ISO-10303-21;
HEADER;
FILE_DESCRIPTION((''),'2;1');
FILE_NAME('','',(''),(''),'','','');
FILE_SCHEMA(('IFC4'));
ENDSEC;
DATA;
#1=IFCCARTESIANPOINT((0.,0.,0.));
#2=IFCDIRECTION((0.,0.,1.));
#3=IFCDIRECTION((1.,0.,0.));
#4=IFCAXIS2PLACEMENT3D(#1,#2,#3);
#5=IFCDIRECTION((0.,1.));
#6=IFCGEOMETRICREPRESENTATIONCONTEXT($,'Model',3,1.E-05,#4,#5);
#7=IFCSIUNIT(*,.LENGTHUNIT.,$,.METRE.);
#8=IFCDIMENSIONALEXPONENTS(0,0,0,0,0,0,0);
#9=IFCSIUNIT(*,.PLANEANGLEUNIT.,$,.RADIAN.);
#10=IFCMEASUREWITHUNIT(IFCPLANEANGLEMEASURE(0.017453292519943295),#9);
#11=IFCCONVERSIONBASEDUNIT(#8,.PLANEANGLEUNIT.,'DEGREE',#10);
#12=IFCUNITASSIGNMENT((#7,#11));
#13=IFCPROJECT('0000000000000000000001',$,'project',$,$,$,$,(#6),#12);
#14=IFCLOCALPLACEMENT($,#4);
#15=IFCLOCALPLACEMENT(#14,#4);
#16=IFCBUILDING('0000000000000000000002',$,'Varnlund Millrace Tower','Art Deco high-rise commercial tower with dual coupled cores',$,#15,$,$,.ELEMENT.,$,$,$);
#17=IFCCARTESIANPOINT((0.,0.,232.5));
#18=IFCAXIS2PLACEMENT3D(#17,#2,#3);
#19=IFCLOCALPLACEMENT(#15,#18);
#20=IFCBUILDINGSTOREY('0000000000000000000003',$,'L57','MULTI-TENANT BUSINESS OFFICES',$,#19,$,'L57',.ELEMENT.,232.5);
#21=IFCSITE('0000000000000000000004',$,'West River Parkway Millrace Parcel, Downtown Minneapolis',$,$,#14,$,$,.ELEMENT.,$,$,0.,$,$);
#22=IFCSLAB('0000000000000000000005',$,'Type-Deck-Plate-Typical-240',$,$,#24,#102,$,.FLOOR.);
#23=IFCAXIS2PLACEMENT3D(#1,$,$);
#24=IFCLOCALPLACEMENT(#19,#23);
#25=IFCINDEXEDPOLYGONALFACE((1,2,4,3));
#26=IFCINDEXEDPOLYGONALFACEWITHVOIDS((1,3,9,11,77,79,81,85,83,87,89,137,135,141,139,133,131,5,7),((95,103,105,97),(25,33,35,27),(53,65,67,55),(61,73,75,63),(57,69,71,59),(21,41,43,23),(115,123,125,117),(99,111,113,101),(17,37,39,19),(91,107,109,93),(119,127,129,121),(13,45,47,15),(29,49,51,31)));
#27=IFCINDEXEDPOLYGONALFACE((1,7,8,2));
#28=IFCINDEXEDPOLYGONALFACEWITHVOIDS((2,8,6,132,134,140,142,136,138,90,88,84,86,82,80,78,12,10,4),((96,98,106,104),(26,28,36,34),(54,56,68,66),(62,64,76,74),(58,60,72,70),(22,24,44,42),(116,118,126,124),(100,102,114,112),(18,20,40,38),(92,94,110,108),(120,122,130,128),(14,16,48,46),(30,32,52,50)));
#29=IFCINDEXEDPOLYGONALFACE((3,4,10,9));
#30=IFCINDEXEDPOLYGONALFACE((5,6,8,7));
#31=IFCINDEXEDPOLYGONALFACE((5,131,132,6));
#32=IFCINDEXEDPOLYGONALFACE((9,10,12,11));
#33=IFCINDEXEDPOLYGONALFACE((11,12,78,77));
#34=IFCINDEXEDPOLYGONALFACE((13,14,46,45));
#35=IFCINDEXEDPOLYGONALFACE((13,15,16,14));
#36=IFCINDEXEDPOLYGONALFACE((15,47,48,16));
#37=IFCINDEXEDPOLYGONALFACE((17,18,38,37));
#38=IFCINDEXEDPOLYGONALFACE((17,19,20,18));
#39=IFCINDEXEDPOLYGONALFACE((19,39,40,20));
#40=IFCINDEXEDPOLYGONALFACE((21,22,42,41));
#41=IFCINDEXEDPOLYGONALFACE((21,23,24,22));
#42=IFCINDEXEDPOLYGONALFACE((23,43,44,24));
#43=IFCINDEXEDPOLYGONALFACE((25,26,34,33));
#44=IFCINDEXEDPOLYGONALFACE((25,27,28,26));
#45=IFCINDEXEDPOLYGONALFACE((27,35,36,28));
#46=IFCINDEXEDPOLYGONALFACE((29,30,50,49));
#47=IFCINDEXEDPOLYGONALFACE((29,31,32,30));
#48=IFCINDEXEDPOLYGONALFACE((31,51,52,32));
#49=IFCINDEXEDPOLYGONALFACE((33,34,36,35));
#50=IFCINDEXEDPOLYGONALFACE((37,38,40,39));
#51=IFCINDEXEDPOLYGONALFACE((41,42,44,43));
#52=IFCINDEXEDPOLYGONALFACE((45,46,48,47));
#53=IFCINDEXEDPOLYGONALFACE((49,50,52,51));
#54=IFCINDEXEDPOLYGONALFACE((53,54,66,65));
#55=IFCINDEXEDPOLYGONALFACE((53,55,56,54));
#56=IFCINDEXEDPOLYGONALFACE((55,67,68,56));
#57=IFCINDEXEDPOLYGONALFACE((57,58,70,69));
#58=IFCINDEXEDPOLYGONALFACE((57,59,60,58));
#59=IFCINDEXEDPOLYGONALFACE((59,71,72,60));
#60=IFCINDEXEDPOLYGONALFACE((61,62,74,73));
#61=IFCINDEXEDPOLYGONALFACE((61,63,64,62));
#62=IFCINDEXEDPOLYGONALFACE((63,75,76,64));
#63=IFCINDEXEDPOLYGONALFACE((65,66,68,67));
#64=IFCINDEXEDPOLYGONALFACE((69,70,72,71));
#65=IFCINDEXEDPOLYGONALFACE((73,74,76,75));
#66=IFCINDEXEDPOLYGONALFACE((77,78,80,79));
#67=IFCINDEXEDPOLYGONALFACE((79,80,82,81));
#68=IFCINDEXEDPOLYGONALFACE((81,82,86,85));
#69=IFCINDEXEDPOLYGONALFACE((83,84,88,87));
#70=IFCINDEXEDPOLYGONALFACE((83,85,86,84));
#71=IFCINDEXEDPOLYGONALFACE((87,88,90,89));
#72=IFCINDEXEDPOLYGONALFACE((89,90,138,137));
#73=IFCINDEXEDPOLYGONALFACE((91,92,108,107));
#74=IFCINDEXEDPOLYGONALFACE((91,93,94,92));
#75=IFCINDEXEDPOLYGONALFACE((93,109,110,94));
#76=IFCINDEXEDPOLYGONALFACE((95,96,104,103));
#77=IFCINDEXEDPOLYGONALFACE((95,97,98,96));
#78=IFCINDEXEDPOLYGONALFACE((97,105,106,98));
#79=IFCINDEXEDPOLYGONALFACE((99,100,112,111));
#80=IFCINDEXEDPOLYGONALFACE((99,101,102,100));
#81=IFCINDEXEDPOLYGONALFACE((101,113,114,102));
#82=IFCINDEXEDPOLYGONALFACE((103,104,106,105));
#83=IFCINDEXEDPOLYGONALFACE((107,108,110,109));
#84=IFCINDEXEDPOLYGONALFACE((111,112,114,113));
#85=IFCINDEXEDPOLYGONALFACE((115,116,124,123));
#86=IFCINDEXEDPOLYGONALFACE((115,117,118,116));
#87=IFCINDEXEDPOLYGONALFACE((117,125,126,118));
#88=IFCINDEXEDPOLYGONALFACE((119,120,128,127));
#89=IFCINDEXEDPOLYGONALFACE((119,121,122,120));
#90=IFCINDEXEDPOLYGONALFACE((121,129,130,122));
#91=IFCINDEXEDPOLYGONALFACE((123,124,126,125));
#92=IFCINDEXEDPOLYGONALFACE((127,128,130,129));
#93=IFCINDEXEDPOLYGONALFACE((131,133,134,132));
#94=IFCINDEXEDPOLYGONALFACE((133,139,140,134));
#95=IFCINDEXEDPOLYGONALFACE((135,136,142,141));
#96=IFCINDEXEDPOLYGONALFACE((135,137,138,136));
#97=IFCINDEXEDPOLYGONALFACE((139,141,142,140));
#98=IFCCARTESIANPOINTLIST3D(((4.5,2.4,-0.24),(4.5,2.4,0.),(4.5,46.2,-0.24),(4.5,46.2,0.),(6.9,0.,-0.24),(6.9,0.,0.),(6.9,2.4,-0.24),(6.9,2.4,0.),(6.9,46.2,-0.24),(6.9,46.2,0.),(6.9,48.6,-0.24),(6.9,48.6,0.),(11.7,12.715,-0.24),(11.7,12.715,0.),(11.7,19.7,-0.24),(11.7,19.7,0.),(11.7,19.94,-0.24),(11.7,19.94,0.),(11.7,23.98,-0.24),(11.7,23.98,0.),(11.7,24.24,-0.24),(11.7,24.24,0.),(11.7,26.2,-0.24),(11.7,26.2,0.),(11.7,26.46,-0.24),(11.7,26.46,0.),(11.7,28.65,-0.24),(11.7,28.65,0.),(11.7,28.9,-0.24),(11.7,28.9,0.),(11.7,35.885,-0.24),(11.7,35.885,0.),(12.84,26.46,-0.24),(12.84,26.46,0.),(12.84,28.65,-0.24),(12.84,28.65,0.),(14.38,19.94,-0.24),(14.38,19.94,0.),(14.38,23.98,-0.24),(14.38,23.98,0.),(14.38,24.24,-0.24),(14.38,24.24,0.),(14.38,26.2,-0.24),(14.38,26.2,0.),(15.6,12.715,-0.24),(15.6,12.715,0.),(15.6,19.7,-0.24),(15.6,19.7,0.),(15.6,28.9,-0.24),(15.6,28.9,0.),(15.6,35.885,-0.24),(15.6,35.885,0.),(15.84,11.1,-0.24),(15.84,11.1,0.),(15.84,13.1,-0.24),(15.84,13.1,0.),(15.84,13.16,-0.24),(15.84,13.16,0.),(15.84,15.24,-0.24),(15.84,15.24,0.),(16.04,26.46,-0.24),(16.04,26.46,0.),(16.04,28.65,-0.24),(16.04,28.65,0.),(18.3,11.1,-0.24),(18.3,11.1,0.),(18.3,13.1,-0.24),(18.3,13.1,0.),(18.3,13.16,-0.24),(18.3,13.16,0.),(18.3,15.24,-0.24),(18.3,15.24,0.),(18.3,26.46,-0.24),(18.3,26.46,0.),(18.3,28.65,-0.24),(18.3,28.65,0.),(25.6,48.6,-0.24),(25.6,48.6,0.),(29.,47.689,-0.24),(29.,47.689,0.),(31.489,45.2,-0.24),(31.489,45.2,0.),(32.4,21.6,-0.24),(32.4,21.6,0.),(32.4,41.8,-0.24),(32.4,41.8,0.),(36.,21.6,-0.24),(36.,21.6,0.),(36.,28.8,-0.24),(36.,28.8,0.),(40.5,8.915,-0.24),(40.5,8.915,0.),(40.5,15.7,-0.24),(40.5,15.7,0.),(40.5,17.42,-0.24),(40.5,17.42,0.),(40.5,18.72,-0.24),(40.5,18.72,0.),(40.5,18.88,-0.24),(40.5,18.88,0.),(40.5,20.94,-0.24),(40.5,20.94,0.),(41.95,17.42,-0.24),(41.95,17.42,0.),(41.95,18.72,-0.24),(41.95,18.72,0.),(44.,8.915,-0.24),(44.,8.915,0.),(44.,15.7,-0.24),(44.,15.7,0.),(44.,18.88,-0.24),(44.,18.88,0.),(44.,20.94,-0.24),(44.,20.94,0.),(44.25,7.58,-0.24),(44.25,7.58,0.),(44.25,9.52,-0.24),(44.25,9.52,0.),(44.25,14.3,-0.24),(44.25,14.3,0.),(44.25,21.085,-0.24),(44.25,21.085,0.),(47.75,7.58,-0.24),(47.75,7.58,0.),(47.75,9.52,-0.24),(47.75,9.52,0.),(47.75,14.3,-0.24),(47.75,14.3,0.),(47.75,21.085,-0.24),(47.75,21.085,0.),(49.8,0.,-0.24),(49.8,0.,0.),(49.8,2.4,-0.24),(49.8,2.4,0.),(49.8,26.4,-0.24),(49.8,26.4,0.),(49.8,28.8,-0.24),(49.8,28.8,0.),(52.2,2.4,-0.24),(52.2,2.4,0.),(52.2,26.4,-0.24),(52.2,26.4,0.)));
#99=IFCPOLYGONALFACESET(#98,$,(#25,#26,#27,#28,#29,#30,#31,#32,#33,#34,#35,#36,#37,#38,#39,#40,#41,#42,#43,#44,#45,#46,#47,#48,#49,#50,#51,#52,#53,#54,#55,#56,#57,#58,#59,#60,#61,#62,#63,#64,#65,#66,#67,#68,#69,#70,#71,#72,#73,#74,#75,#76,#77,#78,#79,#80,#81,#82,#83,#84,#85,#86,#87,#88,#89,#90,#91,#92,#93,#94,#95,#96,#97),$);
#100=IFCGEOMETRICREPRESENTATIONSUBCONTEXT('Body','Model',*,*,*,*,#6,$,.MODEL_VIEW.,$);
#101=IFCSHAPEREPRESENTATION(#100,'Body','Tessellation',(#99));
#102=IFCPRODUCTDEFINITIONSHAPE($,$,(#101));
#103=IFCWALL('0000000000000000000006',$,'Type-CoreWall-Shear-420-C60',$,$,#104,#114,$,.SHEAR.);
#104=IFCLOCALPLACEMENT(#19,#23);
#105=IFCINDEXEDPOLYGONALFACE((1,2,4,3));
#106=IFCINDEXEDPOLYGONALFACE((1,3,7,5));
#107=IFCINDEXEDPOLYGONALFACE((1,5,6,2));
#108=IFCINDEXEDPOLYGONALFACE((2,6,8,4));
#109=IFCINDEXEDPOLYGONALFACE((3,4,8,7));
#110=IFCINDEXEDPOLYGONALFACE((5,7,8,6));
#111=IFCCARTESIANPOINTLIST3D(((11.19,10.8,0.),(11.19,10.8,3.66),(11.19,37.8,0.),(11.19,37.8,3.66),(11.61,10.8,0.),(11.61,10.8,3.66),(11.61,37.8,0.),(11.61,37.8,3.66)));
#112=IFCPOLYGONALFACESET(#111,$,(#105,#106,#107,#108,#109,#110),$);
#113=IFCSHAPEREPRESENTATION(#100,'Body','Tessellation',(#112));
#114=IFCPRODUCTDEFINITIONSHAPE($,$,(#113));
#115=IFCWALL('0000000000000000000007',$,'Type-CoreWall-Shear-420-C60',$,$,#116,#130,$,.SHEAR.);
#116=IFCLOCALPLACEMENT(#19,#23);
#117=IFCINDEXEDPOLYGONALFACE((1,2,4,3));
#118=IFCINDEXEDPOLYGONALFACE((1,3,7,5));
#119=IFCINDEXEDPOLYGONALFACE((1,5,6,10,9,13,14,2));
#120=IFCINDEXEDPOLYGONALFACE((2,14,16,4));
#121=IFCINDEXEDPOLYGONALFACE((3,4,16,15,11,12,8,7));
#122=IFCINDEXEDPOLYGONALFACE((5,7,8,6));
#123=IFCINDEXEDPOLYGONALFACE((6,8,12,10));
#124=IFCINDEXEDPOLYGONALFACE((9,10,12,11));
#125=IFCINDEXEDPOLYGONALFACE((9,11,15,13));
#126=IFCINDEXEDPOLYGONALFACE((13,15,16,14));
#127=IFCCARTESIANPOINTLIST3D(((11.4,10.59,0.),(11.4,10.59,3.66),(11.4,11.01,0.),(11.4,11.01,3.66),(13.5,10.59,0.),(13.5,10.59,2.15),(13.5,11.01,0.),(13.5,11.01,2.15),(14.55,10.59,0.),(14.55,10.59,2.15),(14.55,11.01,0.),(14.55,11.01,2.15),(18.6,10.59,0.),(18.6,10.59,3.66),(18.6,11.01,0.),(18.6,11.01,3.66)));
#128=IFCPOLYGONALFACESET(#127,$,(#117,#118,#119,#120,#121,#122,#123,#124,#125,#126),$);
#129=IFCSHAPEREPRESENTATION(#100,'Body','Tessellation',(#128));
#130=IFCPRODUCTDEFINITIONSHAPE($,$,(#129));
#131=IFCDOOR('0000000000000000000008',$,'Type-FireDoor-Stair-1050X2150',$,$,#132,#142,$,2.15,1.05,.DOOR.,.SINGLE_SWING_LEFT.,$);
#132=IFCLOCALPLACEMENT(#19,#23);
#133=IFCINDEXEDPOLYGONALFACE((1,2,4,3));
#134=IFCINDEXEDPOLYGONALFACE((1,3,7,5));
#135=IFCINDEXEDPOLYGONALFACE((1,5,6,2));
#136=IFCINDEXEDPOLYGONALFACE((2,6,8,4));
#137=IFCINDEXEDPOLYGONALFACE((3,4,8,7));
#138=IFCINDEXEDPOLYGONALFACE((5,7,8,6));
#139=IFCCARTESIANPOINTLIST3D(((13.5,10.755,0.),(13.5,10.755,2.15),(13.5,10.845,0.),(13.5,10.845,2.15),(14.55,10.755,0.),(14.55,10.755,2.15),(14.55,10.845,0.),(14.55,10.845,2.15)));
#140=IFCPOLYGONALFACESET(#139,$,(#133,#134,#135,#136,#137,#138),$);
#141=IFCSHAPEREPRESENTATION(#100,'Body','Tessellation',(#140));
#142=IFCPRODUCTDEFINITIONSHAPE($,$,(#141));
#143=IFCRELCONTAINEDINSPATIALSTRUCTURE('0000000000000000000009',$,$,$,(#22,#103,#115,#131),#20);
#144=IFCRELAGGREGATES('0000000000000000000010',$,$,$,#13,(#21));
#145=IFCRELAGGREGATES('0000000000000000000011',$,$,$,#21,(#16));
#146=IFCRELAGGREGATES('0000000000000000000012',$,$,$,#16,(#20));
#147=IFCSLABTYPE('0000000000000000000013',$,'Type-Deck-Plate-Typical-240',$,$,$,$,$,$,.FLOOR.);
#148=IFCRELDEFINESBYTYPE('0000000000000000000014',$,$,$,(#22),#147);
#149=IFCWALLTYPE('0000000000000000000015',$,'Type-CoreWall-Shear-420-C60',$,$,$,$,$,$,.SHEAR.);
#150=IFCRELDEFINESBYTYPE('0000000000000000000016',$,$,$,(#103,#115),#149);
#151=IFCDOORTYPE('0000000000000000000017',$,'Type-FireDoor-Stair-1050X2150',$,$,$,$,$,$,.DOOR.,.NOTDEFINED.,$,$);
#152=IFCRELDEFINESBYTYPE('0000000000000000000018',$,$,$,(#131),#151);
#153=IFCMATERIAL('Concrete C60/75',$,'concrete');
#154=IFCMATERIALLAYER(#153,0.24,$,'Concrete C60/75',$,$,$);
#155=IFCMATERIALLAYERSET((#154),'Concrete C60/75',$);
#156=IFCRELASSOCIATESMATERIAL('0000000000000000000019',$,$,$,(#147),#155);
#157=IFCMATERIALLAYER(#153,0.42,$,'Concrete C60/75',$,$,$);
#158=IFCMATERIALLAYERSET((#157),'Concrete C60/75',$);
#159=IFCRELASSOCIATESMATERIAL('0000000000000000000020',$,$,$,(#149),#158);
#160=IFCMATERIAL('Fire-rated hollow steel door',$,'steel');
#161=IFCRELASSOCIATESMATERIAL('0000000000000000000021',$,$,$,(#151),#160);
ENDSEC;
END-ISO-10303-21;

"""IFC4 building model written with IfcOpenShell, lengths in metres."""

from ifc_helpers import new_model, entity, si_unit, converted_unit, direction, frame, origin_with_axes, origin_2d_with_axis, place, context, subcontext, project, spatial, polyline, rectangle, outline, extrude, material, layer, layer_set, type_object, element, fill, save


model = new_model("IFC4")

# Units and contexts
model_context = context("Model", 3, precision=1e-05, world=origin_with_axes(), true_north=direction((0.0, 1.0)))
body_context = subcontext(model_context, "Body", "Model", "MODEL_VIEW")
ifc_project = project(units=[si_unit("LENGTHUNIT", "METRE"), converted_unit("PLANEANGLEUNIT", "DEGREE", entity("IfcPlaneAngleMeasure", 0.017453292519943295), si_unit("PLANEANGLEUNIT", "RADIAN"), dimensions=[0, 0, 0, 0, 0, 0, 0])], contexts=[model_context])

# Site, building, storey
site_placement = place(None, origin_with_axes())
site = spatial("IfcSite", under=ifc_project, at=site_placement, Name="West River Parkway Millrace Parcel, Downtown Minneapolis", CompositionType="ELEMENT", RefElevation=0.0)
building_placement = place(site_placement, origin_with_axes())
building = spatial("IfcBuilding", under=site, at=building_placement, Name="Varnlund Millrace Tower", Description="Art Deco high-rise commercial tower with dual coupled cores", CompositionType="ELEMENT")
storey_placement = place(building_placement, frame((0.0, 0.0, 232.5), z_axis=(0.0, 0.0, 1.0), x_axis=(1.0, 0.0, 0.0)))
storey = spatial("IfcBuildingStorey", under=building, at=storey_placement, Name="L57", Description="MULTI-TENANT BUSINESS OFFICES", LongName="L57", CompositionType="ELEMENT", Elevation=232.5)

# Slab
ifc_material_1 = material(Name="Concrete C60/75", Category="concrete")
ifc_layer_1 = layer(ifc_material_1, 0.24, Name="Concrete C60/75")
ifc_layer_set_1 = layer_set([ifc_layer_1], Name="Concrete C60/75")
slab_type = type_object("IfcSlabType", Name="Type-Deck-Plate-Typical-240", PredefinedType="FLOOR", material=ifc_layer_set_1)
slab_placement = place(storey_placement, frame((0.0, 0.0, -0.24), z_axis=(0.0, 0.0, 1.0), x_axis=(1.0, 0.0, 0.0)))
element("IfcSlab", 1, at=slab_placement, inside=storey, type_object=slab_type, Name="Type-Deck-Plate-Typical-240", PredefinedType="FLOOR", context=body_context, shape_type="SweptSolid", body=[
    extrude(outline(polyline([(32.4, 21.6), (32.4, 41.8), (31.489, 45.2), (29.0, 47.689), (25.6, 48.6), (6.9, 48.6), (6.9, 46.2), (4.5, 46.2), (4.5, 2.4), (6.9, 2.4), (6.9, 0.0), (49.8, 0.0), (49.8, 2.4), (52.2, 2.4), (52.2, 26.4), (49.8, 26.4), (49.8, 28.8), (36.0, 28.8), (36.0, 21.6), (32.4, 21.6)]), holes=[polyline([(18.3, 13.1), (18.3, 11.1), (15.84, 11.1), (15.84, 13.1), (18.3, 13.1)]), polyline([(15.6, 12.715), (11.7, 12.715), (11.7, 19.7), (15.6, 19.7), (15.6, 12.715)]), polyline([(11.7, 19.94), (11.7, 23.98), (14.38, 23.98), (14.38, 19.94), (11.7, 19.94)]), polyline([(14.38, 24.24), (11.7, 24.24), (11.7, 26.2), (14.38, 26.2), (14.38, 24.24)]), polyline([(12.84, 26.46), (11.7, 26.46), (11.7, 28.65), (12.84, 28.65), (12.84, 26.46)]), polyline([(15.6, 28.9), (11.7, 28.9), (11.7, 35.885), (15.6, 35.885), (15.6, 28.9)]), polyline([(47.75, 9.52), (47.75, 7.58), (44.25, 7.58), (44.25, 9.52), (47.75, 9.52)]), polyline([(44.0, 8.915), (40.5, 8.915), (40.5, 15.7), (44.0, 15.7), (44.0, 8.915)]), polyline([(18.3, 13.16), (15.84, 13.16), (15.84, 15.24), (18.3, 15.24), (18.3, 13.16)]), polyline([(47.75, 14.3), (44.25, 14.3), (44.25, 21.085), (47.75, 21.085), (47.75, 14.3)]), polyline([(41.95, 17.42), (40.5, 17.42), (40.5, 18.72), (41.95, 18.72), (41.95, 17.42)]), polyline([(44.0, 18.88), (40.5, 18.88), (40.5, 20.94), (44.0, 20.94), (44.0, 18.88)]), polyline([(18.3, 26.46), (16.04, 26.46), (16.04, 28.65), (18.3, 28.65), (18.3, 26.46)])]), origin_with_axes(), (0.0, 0.0, 1.0), 0.24),
])

# Wall
ifc_layer_2 = layer(ifc_material_1, 0.42, Name="Concrete C60/75")
ifc_layer_set_2 = layer_set([ifc_layer_2], Name="Concrete C60/75")
wall_type = type_object("IfcWallType", Name="Type-CoreWall-Shear-420-C60", PredefinedType="SHEAR", material=ifc_layer_set_2)
wall_1_placement = place(storey_placement, frame((11.4, 10.8, 0.0), z_axis=(0.0, 0.0, 1.0), x_axis=(0.0, 1.0, 0.0)))
element("IfcWall", 2, at=wall_1_placement, inside=storey, type_object=wall_type, Name="Type-CoreWall-Shear-420-C60", PredefinedType="SHEAR", context=body_context, shape_type="SweptSolid", body=[
    extrude(outline(polyline([(0.0, -0.21), (27.0, -0.21), (27.0, 0.21), (0.0, 0.21), (0.0, -0.21)])), origin_with_axes(), (0.0, 0.0, 1.0), 3.66),
])

# Wall, opening, door
wall_2_placement = place(storey_placement, frame((11.4, 10.8, 0.0), z_axis=(0.0, 0.0, 1.0), x_axis=(1.0, 0.0, 0.0)))
wall_2 = element("IfcWall", 3, at=wall_2_placement, inside=storey, type_object=wall_type, Name="Type-CoreWall-Shear-420-C60", PredefinedType="SHEAR", context=body_context, shape_type="SweptSolid", body=[
    extrude(outline(polyline([(0.0, -0.21), (7.2, -0.21), (7.2, 0.21), (0.0, 0.21), (0.0, -0.21)])), origin_with_axes(), (0.0, 0.0, 1.0), 3.66),
])
opening_placement = place(wall_2_placement, frame((2.625, 0.0, 0.0), z_axis=(0.0, 0.0, 1.0), x_axis=(1.0, 0.0, 0.0)))
opening = element("IfcOpeningElement", 4, at=opening_placement, cuts=wall_2, PredefinedType="OPENING", context=body_context, shape_type="SweptSolid", body=[
    extrude(rectangle(XDim=1.05, YDim=0.44, at=origin_2d_with_axis()), origin_with_axes(), (0.0, 0.0, 1.0), 2.15),
])
ifc_material_2 = material(Name="Fire-rated hollow steel door", Category="steel")
door_type = type_object("IfcDoorType", Name="Type-FireDoor-Stair-1050X2150", OperationType="NOTDEFINED", PredefinedType="DOOR", material=ifc_material_2)
door_placement = place(wall_2_placement, frame((2.625, 0.0, 0.0), z_axis=(0.0, 0.0, 1.0), x_axis=(1.0, 0.0, 0.0)))
door = element("IfcDoor", 5, at=door_placement, inside=storey, type_object=door_type, Name="Type-FireDoor-Stair-1050X2150", OperationType="SINGLE_SWING_LEFT", OverallHeight=2.15, OverallWidth=1.05, PredefinedType="DOOR", context=body_context, shape_type="SweptSolid", body=[
    extrude(rectangle(XDim=1.05, YDim=0.09, at=origin_2d_with_axis()), origin_with_axes(), (0.0, 0.0, 1.0), 2.15),
])
fill(opening, door)

save(model, "model.ifc")
